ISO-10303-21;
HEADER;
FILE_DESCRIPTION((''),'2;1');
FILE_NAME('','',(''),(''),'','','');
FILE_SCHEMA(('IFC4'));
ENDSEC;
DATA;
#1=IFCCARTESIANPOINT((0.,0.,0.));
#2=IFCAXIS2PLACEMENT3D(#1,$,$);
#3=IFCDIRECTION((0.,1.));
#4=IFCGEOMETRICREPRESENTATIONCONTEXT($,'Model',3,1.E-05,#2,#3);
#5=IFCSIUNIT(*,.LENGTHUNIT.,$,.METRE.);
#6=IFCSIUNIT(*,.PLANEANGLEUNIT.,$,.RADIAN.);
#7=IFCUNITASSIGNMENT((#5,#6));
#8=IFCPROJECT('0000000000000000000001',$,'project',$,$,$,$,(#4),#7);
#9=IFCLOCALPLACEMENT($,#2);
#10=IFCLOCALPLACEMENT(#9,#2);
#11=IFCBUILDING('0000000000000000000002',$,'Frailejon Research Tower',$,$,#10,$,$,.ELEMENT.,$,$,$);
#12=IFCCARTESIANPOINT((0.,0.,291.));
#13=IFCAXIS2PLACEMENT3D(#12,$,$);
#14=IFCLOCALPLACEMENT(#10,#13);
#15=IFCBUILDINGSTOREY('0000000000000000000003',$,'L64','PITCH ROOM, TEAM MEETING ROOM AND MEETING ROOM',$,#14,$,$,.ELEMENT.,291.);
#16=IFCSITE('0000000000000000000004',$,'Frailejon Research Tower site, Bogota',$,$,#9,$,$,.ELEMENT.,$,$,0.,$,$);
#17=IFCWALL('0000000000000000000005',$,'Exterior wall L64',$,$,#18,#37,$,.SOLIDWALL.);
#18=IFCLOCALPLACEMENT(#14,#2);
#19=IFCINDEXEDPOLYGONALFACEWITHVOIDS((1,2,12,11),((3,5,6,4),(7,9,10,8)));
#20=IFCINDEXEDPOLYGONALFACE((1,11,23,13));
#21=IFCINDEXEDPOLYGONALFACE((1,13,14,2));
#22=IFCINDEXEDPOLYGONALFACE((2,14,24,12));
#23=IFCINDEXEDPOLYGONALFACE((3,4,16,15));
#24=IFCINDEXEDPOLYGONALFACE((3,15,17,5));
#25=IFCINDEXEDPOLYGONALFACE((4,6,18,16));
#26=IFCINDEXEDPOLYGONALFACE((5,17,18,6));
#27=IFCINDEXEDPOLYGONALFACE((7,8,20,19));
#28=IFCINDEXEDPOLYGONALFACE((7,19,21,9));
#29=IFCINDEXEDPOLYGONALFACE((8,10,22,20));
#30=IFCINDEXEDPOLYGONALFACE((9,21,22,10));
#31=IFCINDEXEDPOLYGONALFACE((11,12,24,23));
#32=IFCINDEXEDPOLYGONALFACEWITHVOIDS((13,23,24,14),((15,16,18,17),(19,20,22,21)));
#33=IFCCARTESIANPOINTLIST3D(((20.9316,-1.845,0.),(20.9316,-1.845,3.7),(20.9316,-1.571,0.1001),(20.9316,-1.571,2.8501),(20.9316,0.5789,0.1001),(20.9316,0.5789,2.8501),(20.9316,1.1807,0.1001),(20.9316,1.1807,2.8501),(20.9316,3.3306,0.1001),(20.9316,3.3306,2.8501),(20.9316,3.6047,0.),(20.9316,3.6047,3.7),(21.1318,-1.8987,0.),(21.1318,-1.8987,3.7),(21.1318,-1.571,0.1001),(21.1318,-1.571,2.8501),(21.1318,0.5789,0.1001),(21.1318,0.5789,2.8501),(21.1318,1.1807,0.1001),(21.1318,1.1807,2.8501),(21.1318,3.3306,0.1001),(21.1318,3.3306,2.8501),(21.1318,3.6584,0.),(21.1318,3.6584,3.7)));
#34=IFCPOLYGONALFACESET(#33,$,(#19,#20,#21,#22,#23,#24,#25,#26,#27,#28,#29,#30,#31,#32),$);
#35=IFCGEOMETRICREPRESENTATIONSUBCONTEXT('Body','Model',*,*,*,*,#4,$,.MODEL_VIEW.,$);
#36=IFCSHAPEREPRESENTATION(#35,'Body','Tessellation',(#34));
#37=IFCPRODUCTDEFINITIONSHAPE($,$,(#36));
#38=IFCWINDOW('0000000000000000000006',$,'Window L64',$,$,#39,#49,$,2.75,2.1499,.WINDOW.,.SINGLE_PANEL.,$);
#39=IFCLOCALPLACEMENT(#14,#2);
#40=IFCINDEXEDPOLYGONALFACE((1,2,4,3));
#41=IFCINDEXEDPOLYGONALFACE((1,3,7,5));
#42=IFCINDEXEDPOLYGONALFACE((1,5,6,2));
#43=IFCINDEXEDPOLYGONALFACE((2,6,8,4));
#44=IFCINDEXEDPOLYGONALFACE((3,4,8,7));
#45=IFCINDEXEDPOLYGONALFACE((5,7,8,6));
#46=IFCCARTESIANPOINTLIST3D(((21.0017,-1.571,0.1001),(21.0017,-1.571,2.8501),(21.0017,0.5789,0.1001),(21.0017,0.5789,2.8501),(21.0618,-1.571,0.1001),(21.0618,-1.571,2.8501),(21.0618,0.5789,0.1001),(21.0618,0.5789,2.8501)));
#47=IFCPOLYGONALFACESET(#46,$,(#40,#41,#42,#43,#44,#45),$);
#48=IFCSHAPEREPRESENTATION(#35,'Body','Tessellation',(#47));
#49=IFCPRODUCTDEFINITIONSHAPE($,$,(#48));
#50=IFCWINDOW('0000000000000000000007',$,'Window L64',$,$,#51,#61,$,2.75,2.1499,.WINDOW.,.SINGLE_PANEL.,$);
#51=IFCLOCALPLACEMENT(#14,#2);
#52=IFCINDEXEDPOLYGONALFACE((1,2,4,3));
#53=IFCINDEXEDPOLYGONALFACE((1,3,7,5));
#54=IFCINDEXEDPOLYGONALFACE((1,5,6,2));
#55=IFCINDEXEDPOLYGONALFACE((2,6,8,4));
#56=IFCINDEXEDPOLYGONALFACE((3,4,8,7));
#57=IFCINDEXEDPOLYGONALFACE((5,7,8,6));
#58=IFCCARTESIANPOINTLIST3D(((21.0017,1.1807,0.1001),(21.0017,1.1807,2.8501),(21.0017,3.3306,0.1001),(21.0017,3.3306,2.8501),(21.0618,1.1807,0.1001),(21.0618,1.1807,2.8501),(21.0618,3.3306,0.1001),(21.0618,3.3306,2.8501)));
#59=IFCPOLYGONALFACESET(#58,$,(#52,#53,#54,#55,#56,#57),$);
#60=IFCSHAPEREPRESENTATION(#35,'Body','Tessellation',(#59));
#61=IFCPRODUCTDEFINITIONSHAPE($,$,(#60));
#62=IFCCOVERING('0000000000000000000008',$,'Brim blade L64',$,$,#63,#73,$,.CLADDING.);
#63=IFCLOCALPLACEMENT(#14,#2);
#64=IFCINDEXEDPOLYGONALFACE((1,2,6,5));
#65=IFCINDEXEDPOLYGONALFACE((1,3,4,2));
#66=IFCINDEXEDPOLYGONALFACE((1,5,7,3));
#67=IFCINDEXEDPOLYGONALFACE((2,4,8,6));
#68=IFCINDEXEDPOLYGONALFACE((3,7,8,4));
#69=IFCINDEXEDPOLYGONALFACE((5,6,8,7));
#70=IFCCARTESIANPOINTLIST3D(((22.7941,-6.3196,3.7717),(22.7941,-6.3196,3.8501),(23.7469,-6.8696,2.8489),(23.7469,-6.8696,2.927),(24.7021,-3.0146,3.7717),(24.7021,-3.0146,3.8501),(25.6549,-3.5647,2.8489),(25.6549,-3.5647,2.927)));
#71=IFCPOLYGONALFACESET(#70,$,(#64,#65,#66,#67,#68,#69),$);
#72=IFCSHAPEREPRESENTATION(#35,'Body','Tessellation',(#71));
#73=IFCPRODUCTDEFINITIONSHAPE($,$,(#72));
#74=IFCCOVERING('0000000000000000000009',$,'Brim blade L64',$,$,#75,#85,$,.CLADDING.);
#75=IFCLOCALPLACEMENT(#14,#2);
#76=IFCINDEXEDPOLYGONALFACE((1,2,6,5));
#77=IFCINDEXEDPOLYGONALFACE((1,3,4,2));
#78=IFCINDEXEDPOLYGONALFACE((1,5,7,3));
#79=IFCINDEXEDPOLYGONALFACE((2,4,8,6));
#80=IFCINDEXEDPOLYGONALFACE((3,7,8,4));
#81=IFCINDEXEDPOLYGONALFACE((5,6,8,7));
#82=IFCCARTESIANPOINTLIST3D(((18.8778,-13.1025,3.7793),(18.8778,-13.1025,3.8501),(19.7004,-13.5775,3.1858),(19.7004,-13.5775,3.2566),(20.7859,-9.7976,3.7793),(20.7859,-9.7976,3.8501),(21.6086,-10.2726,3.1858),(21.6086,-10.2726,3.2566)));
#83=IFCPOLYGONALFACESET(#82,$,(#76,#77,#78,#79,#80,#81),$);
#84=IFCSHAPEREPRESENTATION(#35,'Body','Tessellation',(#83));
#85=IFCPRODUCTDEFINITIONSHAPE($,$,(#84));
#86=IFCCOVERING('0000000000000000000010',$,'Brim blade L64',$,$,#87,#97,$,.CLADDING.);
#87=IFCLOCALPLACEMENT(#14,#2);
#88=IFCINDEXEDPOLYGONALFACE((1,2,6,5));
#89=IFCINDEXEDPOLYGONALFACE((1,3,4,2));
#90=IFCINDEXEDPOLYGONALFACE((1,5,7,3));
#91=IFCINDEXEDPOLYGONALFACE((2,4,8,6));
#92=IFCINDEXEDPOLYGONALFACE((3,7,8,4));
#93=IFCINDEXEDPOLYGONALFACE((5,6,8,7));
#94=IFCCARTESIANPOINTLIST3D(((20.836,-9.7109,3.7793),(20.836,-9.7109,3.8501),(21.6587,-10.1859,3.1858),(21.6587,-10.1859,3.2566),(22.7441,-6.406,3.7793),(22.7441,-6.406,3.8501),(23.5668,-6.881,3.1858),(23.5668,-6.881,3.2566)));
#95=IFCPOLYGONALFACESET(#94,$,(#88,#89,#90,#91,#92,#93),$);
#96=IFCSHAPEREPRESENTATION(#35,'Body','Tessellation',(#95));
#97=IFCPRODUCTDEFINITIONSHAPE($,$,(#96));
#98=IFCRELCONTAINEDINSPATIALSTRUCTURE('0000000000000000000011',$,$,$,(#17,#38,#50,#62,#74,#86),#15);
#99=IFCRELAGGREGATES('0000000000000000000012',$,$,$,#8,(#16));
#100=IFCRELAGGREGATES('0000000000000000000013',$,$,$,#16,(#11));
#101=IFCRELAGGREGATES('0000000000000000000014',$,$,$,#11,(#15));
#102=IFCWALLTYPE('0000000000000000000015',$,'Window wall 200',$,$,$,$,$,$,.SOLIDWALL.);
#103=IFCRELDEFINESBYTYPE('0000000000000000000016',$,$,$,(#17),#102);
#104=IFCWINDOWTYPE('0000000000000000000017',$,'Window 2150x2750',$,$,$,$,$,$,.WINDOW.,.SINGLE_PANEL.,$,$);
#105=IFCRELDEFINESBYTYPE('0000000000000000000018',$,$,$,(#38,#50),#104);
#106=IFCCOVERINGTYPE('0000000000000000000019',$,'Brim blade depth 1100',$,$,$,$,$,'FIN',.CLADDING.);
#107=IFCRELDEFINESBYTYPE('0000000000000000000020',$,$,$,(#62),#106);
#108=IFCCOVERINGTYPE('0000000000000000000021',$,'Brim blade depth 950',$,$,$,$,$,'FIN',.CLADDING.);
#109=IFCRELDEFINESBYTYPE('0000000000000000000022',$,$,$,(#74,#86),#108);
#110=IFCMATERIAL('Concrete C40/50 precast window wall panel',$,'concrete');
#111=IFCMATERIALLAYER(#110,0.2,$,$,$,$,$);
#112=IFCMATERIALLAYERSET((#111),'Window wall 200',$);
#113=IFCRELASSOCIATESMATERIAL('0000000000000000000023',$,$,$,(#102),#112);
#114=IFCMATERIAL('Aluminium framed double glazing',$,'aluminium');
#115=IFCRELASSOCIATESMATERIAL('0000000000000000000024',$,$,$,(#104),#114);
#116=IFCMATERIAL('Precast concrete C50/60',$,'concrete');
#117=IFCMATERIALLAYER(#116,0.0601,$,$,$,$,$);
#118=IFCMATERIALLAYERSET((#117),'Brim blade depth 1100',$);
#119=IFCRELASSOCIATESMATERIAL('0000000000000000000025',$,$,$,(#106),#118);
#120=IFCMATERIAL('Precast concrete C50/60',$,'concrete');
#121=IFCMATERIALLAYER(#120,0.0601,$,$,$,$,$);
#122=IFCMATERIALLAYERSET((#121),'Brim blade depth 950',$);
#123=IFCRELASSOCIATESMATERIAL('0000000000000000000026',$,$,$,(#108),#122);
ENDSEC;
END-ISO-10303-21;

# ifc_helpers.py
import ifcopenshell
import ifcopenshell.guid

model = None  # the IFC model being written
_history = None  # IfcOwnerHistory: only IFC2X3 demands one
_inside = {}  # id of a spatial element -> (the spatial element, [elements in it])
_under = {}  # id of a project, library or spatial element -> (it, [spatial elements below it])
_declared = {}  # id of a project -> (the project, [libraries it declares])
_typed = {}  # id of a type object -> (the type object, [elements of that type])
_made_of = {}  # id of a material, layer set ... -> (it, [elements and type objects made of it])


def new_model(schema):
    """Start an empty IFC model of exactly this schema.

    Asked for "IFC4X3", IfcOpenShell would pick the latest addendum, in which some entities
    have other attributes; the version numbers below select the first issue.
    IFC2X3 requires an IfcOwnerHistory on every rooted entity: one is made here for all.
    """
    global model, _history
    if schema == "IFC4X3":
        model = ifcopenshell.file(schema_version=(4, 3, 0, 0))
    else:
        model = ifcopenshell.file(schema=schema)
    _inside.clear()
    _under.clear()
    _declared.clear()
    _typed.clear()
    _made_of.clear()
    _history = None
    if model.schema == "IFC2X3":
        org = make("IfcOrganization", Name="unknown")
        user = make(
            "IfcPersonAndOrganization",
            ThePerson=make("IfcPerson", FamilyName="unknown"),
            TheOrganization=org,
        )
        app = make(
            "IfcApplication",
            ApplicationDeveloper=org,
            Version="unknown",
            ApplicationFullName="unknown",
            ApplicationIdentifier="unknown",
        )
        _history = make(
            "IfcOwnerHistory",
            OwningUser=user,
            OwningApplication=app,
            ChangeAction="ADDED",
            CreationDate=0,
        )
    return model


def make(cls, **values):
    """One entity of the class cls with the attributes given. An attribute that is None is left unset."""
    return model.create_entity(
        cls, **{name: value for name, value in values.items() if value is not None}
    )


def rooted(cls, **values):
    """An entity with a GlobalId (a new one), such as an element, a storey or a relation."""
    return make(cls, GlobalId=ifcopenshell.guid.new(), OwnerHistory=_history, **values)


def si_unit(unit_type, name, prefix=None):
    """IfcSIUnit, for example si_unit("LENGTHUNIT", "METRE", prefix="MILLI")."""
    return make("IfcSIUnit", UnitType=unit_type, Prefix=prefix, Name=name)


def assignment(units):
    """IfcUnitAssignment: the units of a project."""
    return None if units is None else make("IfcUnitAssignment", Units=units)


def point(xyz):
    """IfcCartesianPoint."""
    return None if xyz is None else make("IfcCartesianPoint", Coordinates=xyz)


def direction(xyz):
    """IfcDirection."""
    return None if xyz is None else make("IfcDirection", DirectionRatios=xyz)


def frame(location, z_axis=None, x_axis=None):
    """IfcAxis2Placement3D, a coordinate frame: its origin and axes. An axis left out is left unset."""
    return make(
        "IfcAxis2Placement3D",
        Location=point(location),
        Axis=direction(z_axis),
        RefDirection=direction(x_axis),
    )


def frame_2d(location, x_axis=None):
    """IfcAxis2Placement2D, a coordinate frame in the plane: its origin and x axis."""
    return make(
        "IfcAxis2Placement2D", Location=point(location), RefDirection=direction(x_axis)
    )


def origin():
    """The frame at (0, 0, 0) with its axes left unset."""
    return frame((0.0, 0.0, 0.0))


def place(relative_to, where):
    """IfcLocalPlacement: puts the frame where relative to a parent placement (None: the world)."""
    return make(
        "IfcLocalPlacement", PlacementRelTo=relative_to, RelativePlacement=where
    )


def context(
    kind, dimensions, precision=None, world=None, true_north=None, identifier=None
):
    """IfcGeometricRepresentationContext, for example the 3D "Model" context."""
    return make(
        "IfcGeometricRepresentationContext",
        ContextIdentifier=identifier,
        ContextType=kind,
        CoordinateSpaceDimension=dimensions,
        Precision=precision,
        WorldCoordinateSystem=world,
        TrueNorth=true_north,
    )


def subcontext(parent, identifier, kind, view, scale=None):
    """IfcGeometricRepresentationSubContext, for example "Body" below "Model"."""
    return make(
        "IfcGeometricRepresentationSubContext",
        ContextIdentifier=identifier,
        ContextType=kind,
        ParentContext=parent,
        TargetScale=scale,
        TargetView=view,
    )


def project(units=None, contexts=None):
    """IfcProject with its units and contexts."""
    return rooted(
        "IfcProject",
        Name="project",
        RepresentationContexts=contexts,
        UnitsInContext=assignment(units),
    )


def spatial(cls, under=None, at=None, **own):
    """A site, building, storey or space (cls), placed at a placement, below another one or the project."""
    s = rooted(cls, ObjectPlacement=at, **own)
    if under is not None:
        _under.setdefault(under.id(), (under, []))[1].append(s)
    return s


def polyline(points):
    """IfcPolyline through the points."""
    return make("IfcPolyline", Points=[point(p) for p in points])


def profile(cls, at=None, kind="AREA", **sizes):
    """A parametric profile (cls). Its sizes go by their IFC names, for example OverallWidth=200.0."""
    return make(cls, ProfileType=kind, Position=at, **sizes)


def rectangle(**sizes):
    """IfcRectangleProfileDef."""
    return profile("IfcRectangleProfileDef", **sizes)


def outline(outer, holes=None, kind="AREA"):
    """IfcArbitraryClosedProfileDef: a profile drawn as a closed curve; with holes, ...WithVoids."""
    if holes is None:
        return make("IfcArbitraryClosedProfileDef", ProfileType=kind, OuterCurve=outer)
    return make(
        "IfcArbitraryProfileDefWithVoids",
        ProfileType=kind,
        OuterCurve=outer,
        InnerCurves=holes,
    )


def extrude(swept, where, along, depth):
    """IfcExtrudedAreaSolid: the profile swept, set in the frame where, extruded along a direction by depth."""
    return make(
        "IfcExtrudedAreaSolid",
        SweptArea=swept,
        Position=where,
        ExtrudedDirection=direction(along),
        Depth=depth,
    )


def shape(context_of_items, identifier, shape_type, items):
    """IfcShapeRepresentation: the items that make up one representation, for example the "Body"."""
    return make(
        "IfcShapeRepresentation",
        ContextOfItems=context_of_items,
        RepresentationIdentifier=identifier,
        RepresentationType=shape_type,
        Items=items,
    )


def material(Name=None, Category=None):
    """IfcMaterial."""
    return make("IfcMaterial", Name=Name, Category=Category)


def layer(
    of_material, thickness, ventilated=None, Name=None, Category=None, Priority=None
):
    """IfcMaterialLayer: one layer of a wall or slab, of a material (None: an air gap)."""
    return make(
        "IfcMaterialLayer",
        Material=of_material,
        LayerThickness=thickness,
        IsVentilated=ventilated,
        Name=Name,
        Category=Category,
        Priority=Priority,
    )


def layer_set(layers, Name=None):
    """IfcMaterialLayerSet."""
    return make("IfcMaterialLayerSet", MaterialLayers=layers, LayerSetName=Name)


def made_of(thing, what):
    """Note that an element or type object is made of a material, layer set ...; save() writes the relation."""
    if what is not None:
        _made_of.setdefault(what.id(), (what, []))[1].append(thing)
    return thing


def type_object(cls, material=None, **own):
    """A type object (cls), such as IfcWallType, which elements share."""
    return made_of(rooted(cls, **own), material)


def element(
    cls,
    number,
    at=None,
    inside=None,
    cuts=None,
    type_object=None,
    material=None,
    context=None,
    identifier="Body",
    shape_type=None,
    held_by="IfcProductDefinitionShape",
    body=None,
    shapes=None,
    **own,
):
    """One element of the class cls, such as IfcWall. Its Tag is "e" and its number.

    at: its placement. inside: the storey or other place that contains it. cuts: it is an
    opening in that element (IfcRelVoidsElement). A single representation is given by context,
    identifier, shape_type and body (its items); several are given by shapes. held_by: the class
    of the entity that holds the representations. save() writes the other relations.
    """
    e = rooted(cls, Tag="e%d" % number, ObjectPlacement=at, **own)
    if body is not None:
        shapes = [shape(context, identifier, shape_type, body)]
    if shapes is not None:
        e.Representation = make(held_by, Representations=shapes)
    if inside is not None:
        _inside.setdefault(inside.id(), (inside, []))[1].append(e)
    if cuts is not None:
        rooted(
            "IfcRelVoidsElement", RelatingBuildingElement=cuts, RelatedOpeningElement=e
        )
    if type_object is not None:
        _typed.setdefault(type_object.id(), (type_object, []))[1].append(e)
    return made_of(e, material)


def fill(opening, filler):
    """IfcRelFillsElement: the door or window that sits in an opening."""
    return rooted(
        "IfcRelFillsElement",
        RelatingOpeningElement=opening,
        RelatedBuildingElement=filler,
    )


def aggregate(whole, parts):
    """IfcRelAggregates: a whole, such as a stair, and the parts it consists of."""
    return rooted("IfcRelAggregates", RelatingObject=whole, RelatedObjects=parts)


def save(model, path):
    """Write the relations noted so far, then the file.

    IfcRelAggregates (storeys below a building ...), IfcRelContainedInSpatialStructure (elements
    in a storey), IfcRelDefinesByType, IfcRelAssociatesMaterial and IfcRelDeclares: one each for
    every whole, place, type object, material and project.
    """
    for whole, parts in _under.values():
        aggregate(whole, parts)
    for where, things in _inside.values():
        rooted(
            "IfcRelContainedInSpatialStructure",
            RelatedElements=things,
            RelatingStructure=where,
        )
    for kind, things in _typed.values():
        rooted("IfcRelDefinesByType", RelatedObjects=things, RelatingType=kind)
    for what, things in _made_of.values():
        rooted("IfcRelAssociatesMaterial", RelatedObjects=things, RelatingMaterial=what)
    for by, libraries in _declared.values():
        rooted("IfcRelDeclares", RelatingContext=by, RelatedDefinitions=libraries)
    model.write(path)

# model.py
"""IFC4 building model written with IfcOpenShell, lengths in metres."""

from ifc_helpers import new_model, si_unit, direction, frame, frame_2d, origin, place, context, subcontext, project, spatial, polyline, rectangle, outline, extrude, material, layer, layer_set, type_object, element, fill, save


model = new_model("IFC4")

# Units and contexts
model_context = context("Model", 3, precision=1e-05, world=origin(), true_north=direction((0.0, 1.0)))
body_context = subcontext(model_context, "Body", "Model", "MODEL_VIEW")
ifc_project = project(units=[si_unit("LENGTHUNIT", "METRE"), si_unit("PLANEANGLEUNIT", "RADIAN")], contexts=[model_context])

# Site, building, storey
site_placement = place(None, origin())
site = spatial("IfcSite", under=ifc_project, at=site_placement, Name="Frailejon Research Tower site, Bogota", CompositionType="ELEMENT", RefElevation=0.0)
building_placement = place(site_placement, origin())
building = spatial("IfcBuilding", under=site, at=building_placement, Name="Frailejon Research Tower", CompositionType="ELEMENT")
storey_placement = place(building_placement, frame((0.0, 0.0, 291.0)))
storey = spatial("IfcBuildingStorey", under=building, at=storey_placement, Name="L64", Description="PITCH ROOM, TEAM MEETING ROOM AND MEETING ROOM", CompositionType="ELEMENT", Elevation=291.0)

# Wall, openings, windows
ifc_material_1 = material(Name="Concrete C40/50 precast window wall panel", Category="concrete")
ifc_layer_1 = layer(ifc_material_1, 0.2)
ifc_layer_set_1 = layer_set([ifc_layer_1], Name="Window wall 200")
wall_type_1 = type_object("IfcWallType", Name="Window wall 200", PredefinedType="SOLIDWALL", material=ifc_layer_set_1)
wall_1_placement = place(storey_placement, frame((21.0317, -1.8718, 0.0), z_axis=(0.0, 0.0, 1.0), x_axis=(0.0, 1.0, 0.0)))
wall_1 = element("IfcWall", 1, at=wall_1_placement, inside=storey, type_object=wall_type_1, Name="Exterior wall L64", PredefinedType="SOLIDWALL", context=body_context, shape_type="SweptSolid", body=[
    extrude(outline(polyline([(-0.0269, -0.1001), (1.0845, -0.1001), (2.196, -0.1001), (3.3074, -0.1001), (4.4189, -0.1001), (5.5303, -0.1001), (5.4766, 0.1001), (4.3867, 0.1001), (3.2966, 0.1001), (2.2068, 0.1001), (1.1167, 0.1001), (0.0269, 0.1001), (-0.0269, -0.1001)])), origin(), (0.0, 0.0, 1.0), 3.7),
])
opening_1_placement = place(wall_1_placement, frame((0.3008, 0.0, 0.1001)))
opening_1 = element("IfcOpeningElement", 2, at=opening_1_placement, cuts=wall_1, PredefinedType="OPENING", context=body_context, shape_type="SweptSolid", body=[
    extrude(rectangle(XDim=2.1499, YDim=2.75, at=frame_2d((1.075, 1.375))), frame((0.0, 0.1099, 0.0), z_axis=(0.0, -1.0, 0.0), x_axis=(1.0, 0.0, 0.0)), (0.0, 0.0, 1.0), 0.22),
])
opening_2_placement = place(wall_1_placement, frame((3.0525, 0.0, 0.1001)))
opening_2 = element("IfcOpeningElement", 3, at=opening_2_placement, cuts=wall_1, PredefinedType="OPENING", context=body_context, shape_type="SweptSolid", body=[
    extrude(rectangle(XDim=2.1499, YDim=2.75, at=frame_2d((1.075, 1.375))), frame((0.0, 0.1099, 0.0), z_axis=(0.0, -1.0, 0.0), x_axis=(1.0, 0.0, 0.0)), (0.0, 0.0, 1.0), 0.22),
])
ifc_material_2 = material(Name="Aluminium framed double glazing", Category="aluminium")
window_type = type_object("IfcWindowType", Name="Window 2150x2750", PartitioningType="SINGLE_PANEL", PredefinedType="WINDOW", material=ifc_material_2)
window_1_placement = place(opening_1_placement, origin())
window_1 = element("IfcWindow", 4, at=window_1_placement, inside=storey, type_object=window_type, Name="Window L64", OverallHeight=2.75, OverallWidth=2.1499, PartitioningType="SINGLE_PANEL", PredefinedType="WINDOW", context=body_context, shape_type="SweptSolid", body=[
    extrude(rectangle(XDim=2.1499, YDim=2.75, at=frame_2d((1.075, 1.375))), frame((0.0, 0.03, 0.0), z_axis=(0.0, -1.0, 0.0), x_axis=(1.0, 0.0, 0.0)), (0.0, 0.0, 1.0), 0.0601),
])
fill(opening_1, window_1)
window_2_placement = place(opening_2_placement, origin())
window_2 = element("IfcWindow", 5, at=window_2_placement, inside=storey, type_object=window_type, Name="Window L64", OverallHeight=2.75, OverallWidth=2.1499, PartitioningType="SINGLE_PANEL", PredefinedType="WINDOW", context=body_context, shape_type="SweptSolid", body=[
    extrude(rectangle(XDim=2.1499, YDim=2.75, at=frame_2d((1.075, 1.375))), frame((0.0, 0.03, 0.0), z_axis=(0.0, -1.0, 0.0), x_axis=(1.0, 0.0, 0.0)), (0.0, 0.0, 1.0), 0.0601),
])
fill(opening_2, window_2)

# Coverings
ifc_material_3 = material(Name="Precast concrete C50/60", Category="concrete")
ifc_layer_2 = layer(ifc_material_3, 0.0601)
ifc_layer_set_2 = layer_set([ifc_layer_2], Name="Brim blade depth 1100")
covering_type_1 = type_object("IfcCoveringType", Name="Brim blade depth 1100", ElementType="FIN", PredefinedType="CLADDING", material=ifc_layer_set_2)
covering_placement = place(storey_placement, frame((24.7021, -3.0146, 3.8501), z_axis=(-0.499984, -0.866035, 0.0), x_axis=(0.866035, -0.499984, 0.0)))
element("IfcCovering", 6, at=covering_placement, inside=storey, type_object=covering_type_1, Name="Brim blade L64", PredefinedType="CLADDING", context=body_context, shape_type="SweptSolid", body=[
    extrude(outline(polyline([(0.0, -0.0784), (1.1001, -1.0012), (1.1001, -0.9231), (0.0, 0.0), (0.0, -0.0784)])), origin(), (0.0, 0.0, 1.0), 3.8162),
])
ifc_material_4 = material(Name="Precast concrete C50/60", Category="concrete")
ifc_layer_3 = layer(ifc_material_4, 0.0601)
ifc_layer_set_3 = layer_set([ifc_layer_3], Name="Brim blade depth 950")
covering_type_2 = type_object("IfcCoveringType", Name="Brim blade depth 950", ElementType="FIN", PredefinedType="CLADDING", material=ifc_layer_set_3)
for number, where, z_axis, x_axis, name in (
    (7, (20.7859, -9.7976, 3.8501), (-0.500014, -0.866017, 0.0), (0.866017, -0.500014, 0.0), "Brim blade L64"),
    (8, (22.7441, -6.406, 3.8501), (-0.500003, -0.866024, 0.0), (0.866024, -0.500003, 0.0), "Brim blade L64"),
):
    element("IfcCovering", number, at=place(storey_placement, frame(where, z_axis=z_axis, x_axis=x_axis)), inside=storey, type_object=covering_type_2, Name=name, PredefinedType="CLADDING", context=body_context, shape_type="SweptSolid", body=[
        extrude(outline(polyline([(0.0, -0.0708), (0.95, -0.6643), (0.95, -0.5935), (0.0, 0.0), (0.0, -0.0708)])), origin(), (0.0, 0.0, 1.0), 3.8162),
    ])

save(model, "model.ifc")
